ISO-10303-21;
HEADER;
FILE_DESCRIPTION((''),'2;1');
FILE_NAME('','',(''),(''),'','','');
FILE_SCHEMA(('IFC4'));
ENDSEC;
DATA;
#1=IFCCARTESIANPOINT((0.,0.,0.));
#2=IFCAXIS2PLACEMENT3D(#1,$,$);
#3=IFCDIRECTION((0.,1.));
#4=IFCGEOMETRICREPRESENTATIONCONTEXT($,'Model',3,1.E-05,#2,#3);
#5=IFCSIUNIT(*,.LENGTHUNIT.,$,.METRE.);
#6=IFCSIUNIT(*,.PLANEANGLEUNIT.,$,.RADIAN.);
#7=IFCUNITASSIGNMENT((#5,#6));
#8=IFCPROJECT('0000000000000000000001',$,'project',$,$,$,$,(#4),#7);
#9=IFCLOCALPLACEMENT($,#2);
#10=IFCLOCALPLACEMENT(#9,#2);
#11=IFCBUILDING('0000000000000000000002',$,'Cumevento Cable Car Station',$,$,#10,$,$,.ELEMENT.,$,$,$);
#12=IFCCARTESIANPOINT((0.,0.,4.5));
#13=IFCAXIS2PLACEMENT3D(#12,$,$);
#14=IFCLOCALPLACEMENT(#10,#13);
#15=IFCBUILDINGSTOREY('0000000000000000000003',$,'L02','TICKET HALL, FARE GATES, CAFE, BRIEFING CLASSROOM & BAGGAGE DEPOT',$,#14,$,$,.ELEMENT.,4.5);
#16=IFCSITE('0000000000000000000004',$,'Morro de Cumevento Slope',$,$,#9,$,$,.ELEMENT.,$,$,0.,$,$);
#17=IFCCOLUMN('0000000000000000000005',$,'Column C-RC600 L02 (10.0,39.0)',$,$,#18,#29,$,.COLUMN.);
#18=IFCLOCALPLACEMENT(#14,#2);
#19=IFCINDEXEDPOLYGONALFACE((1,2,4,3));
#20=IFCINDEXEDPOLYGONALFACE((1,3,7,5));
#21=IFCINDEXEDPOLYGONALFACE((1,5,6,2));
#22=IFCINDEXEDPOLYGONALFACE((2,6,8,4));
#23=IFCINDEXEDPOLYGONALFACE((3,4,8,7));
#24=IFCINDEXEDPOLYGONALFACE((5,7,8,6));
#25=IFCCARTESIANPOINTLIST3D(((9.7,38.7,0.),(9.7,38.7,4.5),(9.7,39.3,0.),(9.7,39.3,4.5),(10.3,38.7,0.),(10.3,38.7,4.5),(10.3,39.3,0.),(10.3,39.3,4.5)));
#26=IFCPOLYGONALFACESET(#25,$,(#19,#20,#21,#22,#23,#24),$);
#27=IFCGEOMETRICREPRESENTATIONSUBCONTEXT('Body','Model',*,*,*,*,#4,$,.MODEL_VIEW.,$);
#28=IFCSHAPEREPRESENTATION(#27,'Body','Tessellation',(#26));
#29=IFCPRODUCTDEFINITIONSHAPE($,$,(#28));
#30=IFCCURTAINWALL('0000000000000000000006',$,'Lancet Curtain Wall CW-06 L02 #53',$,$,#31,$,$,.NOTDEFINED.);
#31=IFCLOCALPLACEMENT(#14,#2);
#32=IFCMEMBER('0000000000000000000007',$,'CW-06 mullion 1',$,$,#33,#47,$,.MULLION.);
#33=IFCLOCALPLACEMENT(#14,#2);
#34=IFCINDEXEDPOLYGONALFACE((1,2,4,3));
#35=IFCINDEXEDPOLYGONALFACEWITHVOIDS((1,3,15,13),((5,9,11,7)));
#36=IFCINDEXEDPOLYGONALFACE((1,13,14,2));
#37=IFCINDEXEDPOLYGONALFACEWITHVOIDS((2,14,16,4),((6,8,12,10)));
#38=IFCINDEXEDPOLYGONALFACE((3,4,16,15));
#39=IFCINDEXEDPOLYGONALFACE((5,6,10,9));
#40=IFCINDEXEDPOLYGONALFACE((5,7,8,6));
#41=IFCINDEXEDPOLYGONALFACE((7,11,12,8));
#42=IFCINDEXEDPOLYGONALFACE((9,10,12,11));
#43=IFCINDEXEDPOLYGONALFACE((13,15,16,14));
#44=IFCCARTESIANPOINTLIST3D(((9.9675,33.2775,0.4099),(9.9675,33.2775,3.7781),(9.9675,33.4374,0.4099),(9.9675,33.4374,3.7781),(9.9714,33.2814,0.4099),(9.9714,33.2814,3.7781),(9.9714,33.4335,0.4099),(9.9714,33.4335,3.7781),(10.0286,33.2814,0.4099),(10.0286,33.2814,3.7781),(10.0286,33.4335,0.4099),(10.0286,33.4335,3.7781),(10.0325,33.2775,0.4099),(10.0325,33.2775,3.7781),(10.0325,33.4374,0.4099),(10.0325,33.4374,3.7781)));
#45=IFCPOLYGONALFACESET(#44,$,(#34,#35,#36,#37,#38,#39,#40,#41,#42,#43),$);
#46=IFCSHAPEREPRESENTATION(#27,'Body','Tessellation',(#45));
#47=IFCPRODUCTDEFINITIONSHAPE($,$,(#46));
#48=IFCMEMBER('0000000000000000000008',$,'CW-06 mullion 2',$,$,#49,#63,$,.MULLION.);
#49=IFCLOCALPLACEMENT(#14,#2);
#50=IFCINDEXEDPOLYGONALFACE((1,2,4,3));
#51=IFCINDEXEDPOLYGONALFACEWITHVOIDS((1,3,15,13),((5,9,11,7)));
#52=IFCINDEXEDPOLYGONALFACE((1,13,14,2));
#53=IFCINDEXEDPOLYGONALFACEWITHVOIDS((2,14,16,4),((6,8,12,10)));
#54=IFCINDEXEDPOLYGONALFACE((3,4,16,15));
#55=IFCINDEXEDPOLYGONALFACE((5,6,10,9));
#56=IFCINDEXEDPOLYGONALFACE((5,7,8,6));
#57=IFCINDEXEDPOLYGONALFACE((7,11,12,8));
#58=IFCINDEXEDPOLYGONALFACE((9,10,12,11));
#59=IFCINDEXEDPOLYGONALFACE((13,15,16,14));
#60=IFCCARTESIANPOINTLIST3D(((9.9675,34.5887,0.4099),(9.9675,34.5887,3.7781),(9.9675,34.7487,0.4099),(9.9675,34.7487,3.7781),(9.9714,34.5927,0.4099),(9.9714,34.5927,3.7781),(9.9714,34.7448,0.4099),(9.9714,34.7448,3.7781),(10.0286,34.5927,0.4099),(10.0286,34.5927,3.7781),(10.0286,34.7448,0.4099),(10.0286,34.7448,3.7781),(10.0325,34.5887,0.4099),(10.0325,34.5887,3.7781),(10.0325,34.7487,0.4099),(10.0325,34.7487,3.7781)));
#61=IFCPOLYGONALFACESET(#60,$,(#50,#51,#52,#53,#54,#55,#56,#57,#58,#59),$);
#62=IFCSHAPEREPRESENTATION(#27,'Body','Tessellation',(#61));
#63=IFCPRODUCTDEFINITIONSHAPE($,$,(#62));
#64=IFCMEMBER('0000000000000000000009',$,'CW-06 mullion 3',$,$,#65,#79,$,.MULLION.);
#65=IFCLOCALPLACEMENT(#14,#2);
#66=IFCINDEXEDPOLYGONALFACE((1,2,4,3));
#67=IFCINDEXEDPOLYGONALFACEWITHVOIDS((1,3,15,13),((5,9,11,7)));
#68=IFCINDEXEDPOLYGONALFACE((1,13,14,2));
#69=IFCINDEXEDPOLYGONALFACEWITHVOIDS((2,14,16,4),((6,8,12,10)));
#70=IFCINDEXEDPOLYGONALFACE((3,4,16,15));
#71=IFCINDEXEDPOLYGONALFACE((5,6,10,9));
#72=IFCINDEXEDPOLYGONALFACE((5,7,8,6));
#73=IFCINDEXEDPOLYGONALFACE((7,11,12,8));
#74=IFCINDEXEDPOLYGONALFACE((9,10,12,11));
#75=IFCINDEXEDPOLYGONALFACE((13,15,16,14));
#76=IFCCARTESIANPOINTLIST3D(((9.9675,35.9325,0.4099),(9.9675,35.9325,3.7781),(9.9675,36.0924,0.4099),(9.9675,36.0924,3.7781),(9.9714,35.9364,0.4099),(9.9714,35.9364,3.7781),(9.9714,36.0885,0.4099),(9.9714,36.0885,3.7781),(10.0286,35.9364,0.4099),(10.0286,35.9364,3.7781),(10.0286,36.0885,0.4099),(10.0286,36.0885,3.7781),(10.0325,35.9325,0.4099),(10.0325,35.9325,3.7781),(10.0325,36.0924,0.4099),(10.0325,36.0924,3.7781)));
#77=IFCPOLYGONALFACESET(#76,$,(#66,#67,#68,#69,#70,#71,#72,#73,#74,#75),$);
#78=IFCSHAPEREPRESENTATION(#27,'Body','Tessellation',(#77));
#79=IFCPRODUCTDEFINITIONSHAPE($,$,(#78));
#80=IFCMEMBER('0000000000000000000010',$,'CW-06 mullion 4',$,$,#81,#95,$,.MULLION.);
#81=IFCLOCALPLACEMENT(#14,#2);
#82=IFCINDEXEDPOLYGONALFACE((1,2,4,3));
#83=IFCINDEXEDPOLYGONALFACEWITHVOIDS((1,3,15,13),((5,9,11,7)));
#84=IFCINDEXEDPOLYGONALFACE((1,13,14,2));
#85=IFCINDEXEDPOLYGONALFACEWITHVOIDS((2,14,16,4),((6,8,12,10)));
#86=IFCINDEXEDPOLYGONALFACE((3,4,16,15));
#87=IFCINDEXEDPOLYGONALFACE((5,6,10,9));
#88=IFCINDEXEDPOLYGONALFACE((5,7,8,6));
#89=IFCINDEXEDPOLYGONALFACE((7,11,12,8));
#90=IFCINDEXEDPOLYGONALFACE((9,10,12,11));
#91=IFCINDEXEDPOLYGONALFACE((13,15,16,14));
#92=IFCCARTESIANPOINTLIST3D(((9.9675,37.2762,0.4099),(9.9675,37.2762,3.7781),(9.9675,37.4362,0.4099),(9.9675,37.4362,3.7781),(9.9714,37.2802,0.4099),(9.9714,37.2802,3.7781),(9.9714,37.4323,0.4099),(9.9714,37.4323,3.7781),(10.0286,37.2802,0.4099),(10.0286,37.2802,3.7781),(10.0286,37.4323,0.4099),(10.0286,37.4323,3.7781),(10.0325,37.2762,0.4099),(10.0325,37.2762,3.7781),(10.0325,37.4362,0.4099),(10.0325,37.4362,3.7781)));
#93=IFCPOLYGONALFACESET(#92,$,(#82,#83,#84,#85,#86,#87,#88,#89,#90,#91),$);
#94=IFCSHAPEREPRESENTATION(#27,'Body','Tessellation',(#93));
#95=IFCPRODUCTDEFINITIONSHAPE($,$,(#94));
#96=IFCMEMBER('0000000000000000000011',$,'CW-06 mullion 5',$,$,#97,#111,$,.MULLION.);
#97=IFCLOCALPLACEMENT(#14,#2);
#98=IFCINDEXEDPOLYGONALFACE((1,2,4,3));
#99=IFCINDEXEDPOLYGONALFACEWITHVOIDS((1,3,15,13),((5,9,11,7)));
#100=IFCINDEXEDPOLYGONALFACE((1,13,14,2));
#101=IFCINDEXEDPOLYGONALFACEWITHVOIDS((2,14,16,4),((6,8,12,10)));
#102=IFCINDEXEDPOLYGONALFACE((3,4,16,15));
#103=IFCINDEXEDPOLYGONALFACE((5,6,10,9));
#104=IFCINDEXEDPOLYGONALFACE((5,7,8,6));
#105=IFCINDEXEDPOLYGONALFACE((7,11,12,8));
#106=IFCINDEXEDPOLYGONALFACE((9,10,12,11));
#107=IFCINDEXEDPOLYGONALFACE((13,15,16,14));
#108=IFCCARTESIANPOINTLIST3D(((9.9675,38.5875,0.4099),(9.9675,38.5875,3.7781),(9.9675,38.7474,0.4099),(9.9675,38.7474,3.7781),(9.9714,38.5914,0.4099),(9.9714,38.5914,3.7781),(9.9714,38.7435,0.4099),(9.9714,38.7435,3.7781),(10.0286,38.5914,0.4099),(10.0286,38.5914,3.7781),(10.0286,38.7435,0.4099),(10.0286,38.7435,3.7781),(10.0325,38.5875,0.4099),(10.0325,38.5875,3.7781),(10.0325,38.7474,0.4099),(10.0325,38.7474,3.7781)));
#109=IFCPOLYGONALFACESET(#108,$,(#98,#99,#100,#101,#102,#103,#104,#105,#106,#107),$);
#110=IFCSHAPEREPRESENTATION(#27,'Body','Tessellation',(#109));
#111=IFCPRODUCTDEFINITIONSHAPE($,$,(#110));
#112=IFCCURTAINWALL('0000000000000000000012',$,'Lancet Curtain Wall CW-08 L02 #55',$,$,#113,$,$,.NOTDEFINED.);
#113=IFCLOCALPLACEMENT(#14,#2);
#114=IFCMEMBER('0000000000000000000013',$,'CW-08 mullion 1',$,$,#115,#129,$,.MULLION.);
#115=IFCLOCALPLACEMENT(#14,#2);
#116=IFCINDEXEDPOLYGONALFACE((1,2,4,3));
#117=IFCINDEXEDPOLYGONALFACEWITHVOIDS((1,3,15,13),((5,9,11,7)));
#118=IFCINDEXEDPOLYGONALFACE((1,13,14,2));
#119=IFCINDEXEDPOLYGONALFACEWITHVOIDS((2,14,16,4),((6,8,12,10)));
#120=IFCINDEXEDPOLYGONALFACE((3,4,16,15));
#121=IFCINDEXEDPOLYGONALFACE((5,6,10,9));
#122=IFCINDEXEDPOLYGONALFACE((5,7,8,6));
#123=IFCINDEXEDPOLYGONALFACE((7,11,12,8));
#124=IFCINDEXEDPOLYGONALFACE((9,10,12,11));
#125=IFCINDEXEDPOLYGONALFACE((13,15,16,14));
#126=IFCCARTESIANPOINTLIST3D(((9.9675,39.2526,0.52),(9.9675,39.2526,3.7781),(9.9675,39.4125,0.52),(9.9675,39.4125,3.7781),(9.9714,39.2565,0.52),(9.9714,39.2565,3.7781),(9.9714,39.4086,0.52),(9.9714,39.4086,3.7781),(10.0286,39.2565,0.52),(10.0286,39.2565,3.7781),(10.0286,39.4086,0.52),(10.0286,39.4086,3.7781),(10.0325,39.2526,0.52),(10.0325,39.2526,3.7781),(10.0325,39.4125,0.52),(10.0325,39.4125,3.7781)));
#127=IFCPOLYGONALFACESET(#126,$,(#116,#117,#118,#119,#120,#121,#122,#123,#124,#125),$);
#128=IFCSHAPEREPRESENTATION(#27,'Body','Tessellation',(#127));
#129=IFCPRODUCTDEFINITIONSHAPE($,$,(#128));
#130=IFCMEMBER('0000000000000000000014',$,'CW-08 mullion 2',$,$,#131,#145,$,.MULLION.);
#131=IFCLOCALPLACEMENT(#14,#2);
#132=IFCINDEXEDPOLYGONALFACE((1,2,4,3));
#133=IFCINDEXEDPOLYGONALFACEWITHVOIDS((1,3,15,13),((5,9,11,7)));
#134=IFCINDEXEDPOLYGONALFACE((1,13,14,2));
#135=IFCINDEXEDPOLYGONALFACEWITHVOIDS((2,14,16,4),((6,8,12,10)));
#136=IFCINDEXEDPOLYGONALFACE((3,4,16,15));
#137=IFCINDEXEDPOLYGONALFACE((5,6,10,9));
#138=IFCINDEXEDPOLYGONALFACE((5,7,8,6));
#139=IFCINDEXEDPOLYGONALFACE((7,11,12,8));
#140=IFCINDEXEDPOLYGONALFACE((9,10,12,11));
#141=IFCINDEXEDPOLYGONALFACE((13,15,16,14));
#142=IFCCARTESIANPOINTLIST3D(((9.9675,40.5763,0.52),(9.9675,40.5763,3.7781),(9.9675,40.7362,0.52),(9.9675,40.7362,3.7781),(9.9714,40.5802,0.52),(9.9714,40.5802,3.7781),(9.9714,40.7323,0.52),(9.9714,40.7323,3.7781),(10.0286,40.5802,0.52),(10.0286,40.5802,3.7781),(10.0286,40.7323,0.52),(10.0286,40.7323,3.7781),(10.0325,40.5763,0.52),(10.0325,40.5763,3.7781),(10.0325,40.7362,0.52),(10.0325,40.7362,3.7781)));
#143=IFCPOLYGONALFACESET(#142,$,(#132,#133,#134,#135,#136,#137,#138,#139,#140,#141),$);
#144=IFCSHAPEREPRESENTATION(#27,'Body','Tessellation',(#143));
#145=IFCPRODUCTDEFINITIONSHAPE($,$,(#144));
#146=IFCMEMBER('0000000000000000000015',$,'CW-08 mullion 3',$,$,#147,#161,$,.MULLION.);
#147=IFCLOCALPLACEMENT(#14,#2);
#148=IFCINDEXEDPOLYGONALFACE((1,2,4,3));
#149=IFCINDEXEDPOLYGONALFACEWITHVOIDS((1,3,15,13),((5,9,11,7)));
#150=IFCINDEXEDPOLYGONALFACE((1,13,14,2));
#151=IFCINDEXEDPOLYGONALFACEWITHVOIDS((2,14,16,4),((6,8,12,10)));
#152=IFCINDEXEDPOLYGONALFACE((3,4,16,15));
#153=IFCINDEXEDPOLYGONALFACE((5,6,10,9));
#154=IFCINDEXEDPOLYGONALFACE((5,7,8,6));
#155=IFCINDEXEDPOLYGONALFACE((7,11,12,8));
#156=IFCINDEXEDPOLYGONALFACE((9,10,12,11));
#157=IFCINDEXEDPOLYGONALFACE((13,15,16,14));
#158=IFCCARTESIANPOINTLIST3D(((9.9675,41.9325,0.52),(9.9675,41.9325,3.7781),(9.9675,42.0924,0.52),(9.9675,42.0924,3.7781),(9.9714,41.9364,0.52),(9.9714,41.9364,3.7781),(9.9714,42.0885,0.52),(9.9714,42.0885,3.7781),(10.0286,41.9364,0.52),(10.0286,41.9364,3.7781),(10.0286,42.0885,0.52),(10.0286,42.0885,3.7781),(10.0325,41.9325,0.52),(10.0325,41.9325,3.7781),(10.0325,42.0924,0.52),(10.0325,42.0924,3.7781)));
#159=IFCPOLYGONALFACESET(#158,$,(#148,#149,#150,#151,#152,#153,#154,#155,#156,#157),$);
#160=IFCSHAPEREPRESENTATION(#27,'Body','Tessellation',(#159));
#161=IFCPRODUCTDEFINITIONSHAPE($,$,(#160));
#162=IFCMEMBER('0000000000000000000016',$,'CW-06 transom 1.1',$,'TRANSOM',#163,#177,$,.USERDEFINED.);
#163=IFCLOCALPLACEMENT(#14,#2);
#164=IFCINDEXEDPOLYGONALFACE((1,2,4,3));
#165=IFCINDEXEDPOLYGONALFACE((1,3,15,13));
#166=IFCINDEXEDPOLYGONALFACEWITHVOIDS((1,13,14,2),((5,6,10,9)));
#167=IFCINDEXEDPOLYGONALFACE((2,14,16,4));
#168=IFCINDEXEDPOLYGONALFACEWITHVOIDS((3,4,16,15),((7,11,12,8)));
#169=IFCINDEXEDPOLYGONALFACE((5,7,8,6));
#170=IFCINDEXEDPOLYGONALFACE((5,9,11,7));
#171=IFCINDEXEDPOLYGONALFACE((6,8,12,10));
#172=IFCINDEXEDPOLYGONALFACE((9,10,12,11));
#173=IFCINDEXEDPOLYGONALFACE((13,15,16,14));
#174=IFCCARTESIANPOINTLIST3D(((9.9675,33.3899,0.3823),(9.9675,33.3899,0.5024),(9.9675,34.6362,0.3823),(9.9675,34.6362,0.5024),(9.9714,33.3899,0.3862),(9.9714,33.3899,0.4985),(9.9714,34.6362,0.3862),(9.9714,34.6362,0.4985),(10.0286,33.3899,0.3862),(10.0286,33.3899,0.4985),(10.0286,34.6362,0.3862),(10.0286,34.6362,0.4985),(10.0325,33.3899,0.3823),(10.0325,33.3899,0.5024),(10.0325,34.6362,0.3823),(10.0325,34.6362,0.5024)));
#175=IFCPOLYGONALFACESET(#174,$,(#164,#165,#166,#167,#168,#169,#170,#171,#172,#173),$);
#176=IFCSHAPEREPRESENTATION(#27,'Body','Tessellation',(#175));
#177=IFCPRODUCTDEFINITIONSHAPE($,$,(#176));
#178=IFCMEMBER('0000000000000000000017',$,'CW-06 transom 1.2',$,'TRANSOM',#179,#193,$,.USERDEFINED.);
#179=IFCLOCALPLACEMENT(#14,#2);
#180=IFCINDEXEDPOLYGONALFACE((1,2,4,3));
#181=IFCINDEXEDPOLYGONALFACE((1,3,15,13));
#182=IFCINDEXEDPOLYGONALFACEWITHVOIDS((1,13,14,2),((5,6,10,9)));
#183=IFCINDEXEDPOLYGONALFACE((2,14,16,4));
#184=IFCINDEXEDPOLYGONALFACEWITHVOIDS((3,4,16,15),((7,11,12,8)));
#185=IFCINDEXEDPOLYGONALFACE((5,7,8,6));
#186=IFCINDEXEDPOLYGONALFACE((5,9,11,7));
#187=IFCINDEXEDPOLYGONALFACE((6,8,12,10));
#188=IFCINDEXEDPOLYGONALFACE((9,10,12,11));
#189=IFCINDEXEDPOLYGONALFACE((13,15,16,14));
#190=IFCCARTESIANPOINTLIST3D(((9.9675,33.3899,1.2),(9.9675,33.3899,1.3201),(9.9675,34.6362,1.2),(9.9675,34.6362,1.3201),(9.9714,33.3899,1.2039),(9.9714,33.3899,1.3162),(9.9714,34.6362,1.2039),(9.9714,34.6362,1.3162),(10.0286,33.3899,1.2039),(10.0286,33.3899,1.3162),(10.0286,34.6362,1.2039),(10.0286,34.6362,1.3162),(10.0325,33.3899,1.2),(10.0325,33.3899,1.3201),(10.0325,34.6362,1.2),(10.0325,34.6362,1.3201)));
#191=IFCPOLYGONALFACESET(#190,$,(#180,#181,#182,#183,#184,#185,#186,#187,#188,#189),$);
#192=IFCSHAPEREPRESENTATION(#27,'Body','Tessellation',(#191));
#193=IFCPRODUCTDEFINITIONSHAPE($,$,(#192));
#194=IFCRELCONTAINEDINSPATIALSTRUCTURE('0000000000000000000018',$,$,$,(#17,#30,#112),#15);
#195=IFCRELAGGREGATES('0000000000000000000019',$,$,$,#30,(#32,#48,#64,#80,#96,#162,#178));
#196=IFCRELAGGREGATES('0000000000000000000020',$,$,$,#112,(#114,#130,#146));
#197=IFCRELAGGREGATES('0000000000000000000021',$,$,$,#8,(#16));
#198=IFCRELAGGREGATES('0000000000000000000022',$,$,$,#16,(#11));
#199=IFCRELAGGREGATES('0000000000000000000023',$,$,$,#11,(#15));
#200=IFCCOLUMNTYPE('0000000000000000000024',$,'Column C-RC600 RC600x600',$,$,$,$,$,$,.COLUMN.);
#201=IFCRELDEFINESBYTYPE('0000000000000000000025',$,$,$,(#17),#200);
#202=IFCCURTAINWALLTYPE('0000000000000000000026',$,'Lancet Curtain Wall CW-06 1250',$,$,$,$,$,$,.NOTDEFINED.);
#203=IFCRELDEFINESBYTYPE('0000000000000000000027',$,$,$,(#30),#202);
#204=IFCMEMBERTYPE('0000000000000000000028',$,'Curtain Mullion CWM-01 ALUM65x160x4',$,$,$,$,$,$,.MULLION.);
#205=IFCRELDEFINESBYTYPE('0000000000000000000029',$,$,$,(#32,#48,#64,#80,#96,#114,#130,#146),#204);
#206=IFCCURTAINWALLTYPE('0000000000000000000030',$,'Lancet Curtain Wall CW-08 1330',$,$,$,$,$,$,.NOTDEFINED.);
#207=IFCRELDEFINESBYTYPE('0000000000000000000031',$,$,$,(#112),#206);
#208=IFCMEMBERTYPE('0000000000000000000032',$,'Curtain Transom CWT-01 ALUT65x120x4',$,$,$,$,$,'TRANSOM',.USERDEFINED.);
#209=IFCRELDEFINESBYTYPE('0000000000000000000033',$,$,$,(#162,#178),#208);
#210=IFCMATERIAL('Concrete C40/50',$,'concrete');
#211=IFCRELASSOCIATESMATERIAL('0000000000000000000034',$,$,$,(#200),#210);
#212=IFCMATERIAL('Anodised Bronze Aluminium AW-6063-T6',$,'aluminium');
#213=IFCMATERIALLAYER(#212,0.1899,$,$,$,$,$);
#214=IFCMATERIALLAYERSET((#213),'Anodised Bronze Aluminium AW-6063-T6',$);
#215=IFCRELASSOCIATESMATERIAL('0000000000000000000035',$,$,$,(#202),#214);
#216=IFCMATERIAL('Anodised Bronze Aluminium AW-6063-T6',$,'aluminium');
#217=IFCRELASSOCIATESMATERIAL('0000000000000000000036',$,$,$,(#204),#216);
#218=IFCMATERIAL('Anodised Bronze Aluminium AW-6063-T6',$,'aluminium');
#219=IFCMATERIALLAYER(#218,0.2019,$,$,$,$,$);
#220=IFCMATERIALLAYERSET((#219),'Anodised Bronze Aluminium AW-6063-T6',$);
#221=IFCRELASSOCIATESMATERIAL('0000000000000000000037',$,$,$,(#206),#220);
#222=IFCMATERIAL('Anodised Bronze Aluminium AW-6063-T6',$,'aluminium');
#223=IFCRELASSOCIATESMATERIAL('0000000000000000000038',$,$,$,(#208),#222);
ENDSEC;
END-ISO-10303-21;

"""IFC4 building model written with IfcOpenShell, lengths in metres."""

from ifc_helpers import new_model, si_unit, direction, frame, origin, origin_2d, place, context, subcontext, project, spatial, rectangle, hollow_rectangle, extrude, material, layer, layer_set, material_profile, profile_set, type_object, element, aggregate, save


model = new_model("IFC4")

# Units and contexts
model_context = context("Model", 3, precision=1e-05, world=origin(), true_north=direction((0.0, 1.0)))
body_context = subcontext(model_context, "Body", "Model", "MODEL_VIEW")
ifc_project = project(units=[si_unit("LENGTHUNIT", "METRE"), si_unit("PLANEANGLEUNIT", "RADIAN")], contexts=[model_context])

# Site, building, storey
site_placement = place(None, origin())
site = spatial("IfcSite", under=ifc_project, at=site_placement, Name="Morro de Cumevento Slope", CompositionType="ELEMENT", RefElevation=0.0)
building_placement = place(site_placement, origin())
building = spatial("IfcBuilding", under=site, at=building_placement, Name="Cumevento Cable Car Station", CompositionType="ELEMENT")
storey_placement = place(building_placement, frame((0.0, 0.0, 4.5)))
storey = spatial("IfcBuildingStorey", under=building, at=storey_placement, Name="L02", Description="TICKET HALL, FARE GATES, CAFE, BRIEFING CLASSROOM & BAGGAGE DEPOT", CompositionType="ELEMENT", Elevation=4.5)

# Column
ifc_material_1 = material(Name="Concrete C40/50", Category="concrete")
ifc_material_profile_1 = material_profile(ifc_material_1, rectangle(XDim=0.6001, YDim=0.6001, at=origin_2d()), Name="RC600x600")
ifc_profile_set_1 = profile_set([ifc_material_profile_1], Name="Concrete C40/50")
column_type = type_object("IfcColumnType", Name="Column C-RC600 RC600x600", PredefinedType="COLUMN", material=ifc_profile_set_1)
column_placement = place(storey_placement, frame((10.0, 39.0, 0.0), z_axis=(0.0, 0.0, 1.0), x_axis=(1.0, 0.0, 0.0)))
element("IfcColumn", 1, at=column_placement, inside=storey, type_object=column_type, Name="Column C-RC600 L02 (10.0,39.0)", PredefinedType="COLUMN", context=body_context, shape_type="SweptSolid", body=[
    extrude(rectangle(XDim=0.6001, YDim=0.6001, at=origin_2d()), origin(), (0.0, 0.0, 1.0), 4.5),
])

# Curtain walls, members
ifc_material_2 = material(Name="Anodised Bronze Aluminium AW-6063-T6", Category="aluminium")
ifc_layer_1 = layer(ifc_material_2, 0.1899)
ifc_layer_set_1 = layer_set([ifc_layer_1], Name="Anodised Bronze Aluminium AW-6063-T6")
curtain_wall_type_1 = type_object("IfcCurtainWallType", Name="Lancet Curtain Wall CW-06 1250", PredefinedType="NOTDEFINED", material=ifc_layer_set_1)
curtain_wall_1_placement = place(storey_placement, origin())
curtain_wall_1 = element("IfcCurtainWall", 2, at=curtain_wall_1_placement, inside=storey, type_object=curtain_wall_type_1, Name="Lancet Curtain Wall CW-06 L02 #53", PredefinedType="NOTDEFINED")
ifc_material_3 = material(Name="Anodised Bronze Aluminium AW-6063-T6", Category="aluminium")
ifc_material_profile_2 = material_profile(ifc_material_3, hollow_rectangle(XDim=0.0649, YDim=0.1599, WallThickness=0.0039, at=origin_2d()), Name="ALUM65x160x4")
ifc_profile_set_2 = profile_set([ifc_material_profile_2], Name="Anodised Bronze Aluminium AW-6063-T6")
member_type_1 = type_object("IfcMemberType", Name="Curtain Mullion CWM-01 ALUM65x160x4", PredefinedType="MULLION", material=ifc_profile_set_2)
member_1_placement = place(storey_placement, frame((10.0, 33.3574, 0.4099), z_axis=(0.0, 0.0, 1.0), x_axis=(-1.0, 0.0, 0.0)))
member_1 = element("IfcMember", 3, at=member_1_placement, type_object=member_type_1, Name="CW-06 mullion 1", PredefinedType="MULLION", context=body_context, shape_type="SweptSolid", body=[
    extrude(hollow_rectangle(XDim=0.0649, YDim=0.1599, WallThickness=0.0039, at=origin_2d()), origin(), (0.0, 0.0, 1.0), 3.3682),
])
member_2_placement = place(storey_placement, frame((10.0, 34.6687, 0.4099), z_axis=(0.0, 0.0, 1.0), x_axis=(-1.0, 0.0, 0.0)))
member_2 = element("IfcMember", 4, at=member_2_placement, type_object=member_type_1, Name="CW-06 mullion 2", PredefinedType="MULLION", context=body_context, shape_type="SweptSolid", body=[
    extrude(hollow_rectangle(XDim=0.0649, YDim=0.1599, WallThickness=0.0039, at=origin_2d()), origin(), (0.0, 0.0, 1.0), 3.3682),
])
member_3_placement = place(storey_placement, frame((10.0, 36.0125, 0.4099), z_axis=(0.0, 0.0, 1.0), x_axis=(-1.0, 0.0, 0.0)))
member_3 = element("IfcMember", 5, at=member_3_placement, type_object=member_type_1, Name="CW-06 mullion 3", PredefinedType="MULLION", context=body_context, shape_type="SweptSolid", body=[
    extrude(hollow_rectangle(XDim=0.0649, YDim=0.1599, WallThickness=0.0039, at=origin_2d()), origin(), (0.0, 0.0, 1.0), 3.3682),
])
member_4_placement = place(storey_placement, frame((10.0, 37.3562, 0.4099), z_axis=(0.0, 0.0, 1.0), x_axis=(-1.0, 0.0, 0.0)))
member_4 = element("IfcMember", 6, at=member_4_placement, type_object=member_type_1, Name="CW-06 mullion 4", PredefinedType="MULLION", context=body_context, shape_type="SweptSolid", body=[
    extrude(hollow_rectangle(XDim=0.0649, YDim=0.1599, WallThickness=0.0039, at=origin_2d()), origin(), (0.0, 0.0, 1.0), 3.3682),
])
member_5_placement = place(storey_placement, frame((10.0, 38.6675, 0.4099), z_axis=(0.0, 0.0, 1.0), x_axis=(-1.0, 0.0, 0.0)))
member_5 = element("IfcMember", 7, at=member_5_placement, type_object=member_type_1, Name="CW-06 mullion 5", PredefinedType="MULLION", context=body_context, shape_type="SweptSolid", body=[
    extrude(hollow_rectangle(XDim=0.0649, YDim=0.1599, WallThickness=0.0039, at=origin_2d()), origin(), (0.0, 0.0, 1.0), 3.3682),
])
ifc_material_4 = material(Name="Anodised Bronze Aluminium AW-6063-T6", Category="aluminium")
ifc_layer_2 = layer(ifc_material_4, 0.2019)
ifc_layer_set_2 = layer_set([ifc_layer_2], Name="Anodised Bronze Aluminium AW-6063-T6")
curtain_wall_type_2 = type_object("IfcCurtainWallType", Name="Lancet Curtain Wall CW-08 1330", PredefinedType="NOTDEFINED", material=ifc_layer_set_2)
curtain_wall_2_placement = place(storey_placement, origin())
curtain_wall_2 = element("IfcCurtainWall", 8, at=curtain_wall_2_placement, inside=storey, type_object=curtain_wall_type_2, Name="Lancet Curtain Wall CW-08 L02 #55", PredefinedType="NOTDEFINED")
member_6_placement = place(storey_placement, frame((10.0, 39.3325, 0.52), z_axis=(0.0, 0.0, 1.0), x_axis=(-1.0, 0.0, 0.0)))
member_6 = element("IfcMember", 9, at=member_6_placement, type_object=member_type_1, Name="CW-08 mullion 1", PredefinedType="MULLION", context=body_context, shape_type="SweptSolid", body=[
    extrude(hollow_rectangle(XDim=0.0649, YDim=0.1599, WallThickness=0.0039, at=origin_2d()), origin(), (0.0, 0.0, 1.0), 3.2581),
])
member_7_placement = place(storey_placement, frame((10.0, 40.6562, 0.52), z_axis=(0.0, 0.0, 1.0), x_axis=(-1.0, 0.0, 0.0)))
member_7 = element("IfcMember", 10, at=member_7_placement, type_object=member_type_1, Name="CW-08 mullion 2", PredefinedType="MULLION", context=body_context, shape_type="SweptSolid", body=[
    extrude(hollow_rectangle(XDim=0.0649, YDim=0.1599, WallThickness=0.0039, at=origin_2d()), origin(), (0.0, 0.0, 1.0), 3.2581),
])
member_8_placement = place(storey_placement, frame((10.0, 42.0125, 0.52), z_axis=(0.0, 0.0, 1.0), x_axis=(-1.0, 0.0, 0.0)))
member_8 = element("IfcMember", 11, at=member_8_placement, type_object=member_type_1, Name="CW-08 mullion 3", PredefinedType="MULLION", context=body_context, shape_type="SweptSolid", body=[
    extrude(hollow_rectangle(XDim=0.0649, YDim=0.1599, WallThickness=0.0039, at=origin_2d()), origin(), (0.0, 0.0, 1.0), 3.2581),
])

# Members
ifc_material_5 = material(Name="Anodised Bronze Aluminium AW-6063-T6", Category="aluminium")
ifc_material_profile_3 = material_profile(ifc_material_5, hollow_rectangle(XDim=0.0649, YDim=0.1201, WallThickness=0.0039, at=origin_2d()), Name="ALUT65x120x4")
ifc_profile_set_3 = profile_set([ifc_material_profile_3], Name="Anodised Bronze Aluminium AW-6063-T6")
member_type_2 = type_object("IfcMemberType", Name="Curtain Transom CWT-01 ALUT65x120x4", ElementType="TRANSOM", PredefinedType="USERDEFINED", material=ifc_profile_set_3)
member_9_placement = place(storey_placement, frame((10.0, 33.3899, 0.4424), z_axis=(0.0, 1.0, 0.0), x_axis=(-1.0, 0.0, 0.0)))
member_9 = element("IfcMember", 12, at=member_9_placement, type_object=member_type_2, Name="CW-06 transom 1.1", ObjectType="TRANSOM", PredefinedType="USERDEFINED", context=body_context, shape_type="SweptSolid", body=[
    extrude(hollow_rectangle(XDim=0.0649, YDim=0.1201, WallThickness=0.0039, at=origin_2d()), origin(), (0.0, 0.0, 1.0), 1.2463),
])
member_10_placement = place(storey_placement, frame((10.0, 33.3899, 1.26), z_axis=(0.0, 1.0, 0.0), x_axis=(-1.0, 0.0, 0.0)))
member_10 = element("IfcMember", 13, at=member_10_placement, type_object=member_type_2, Name="CW-06 transom 1.2", ObjectType="TRANSOM", PredefinedType="USERDEFINED", context=body_context, shape_type="SweptSolid", body=[
    extrude(hollow_rectangle(XDim=0.0649, YDim=0.1201, WallThickness=0.0039, at=origin_2d()), origin(), (0.0, 0.0, 1.0), 1.2463),
])

aggregate(curtain_wall_1, [member_1, member_2, member_3, member_4, member_5, member_9, member_10])
aggregate(curtain_wall_2, [member_6, member_7, member_8])

save(model, "model.ifc")
